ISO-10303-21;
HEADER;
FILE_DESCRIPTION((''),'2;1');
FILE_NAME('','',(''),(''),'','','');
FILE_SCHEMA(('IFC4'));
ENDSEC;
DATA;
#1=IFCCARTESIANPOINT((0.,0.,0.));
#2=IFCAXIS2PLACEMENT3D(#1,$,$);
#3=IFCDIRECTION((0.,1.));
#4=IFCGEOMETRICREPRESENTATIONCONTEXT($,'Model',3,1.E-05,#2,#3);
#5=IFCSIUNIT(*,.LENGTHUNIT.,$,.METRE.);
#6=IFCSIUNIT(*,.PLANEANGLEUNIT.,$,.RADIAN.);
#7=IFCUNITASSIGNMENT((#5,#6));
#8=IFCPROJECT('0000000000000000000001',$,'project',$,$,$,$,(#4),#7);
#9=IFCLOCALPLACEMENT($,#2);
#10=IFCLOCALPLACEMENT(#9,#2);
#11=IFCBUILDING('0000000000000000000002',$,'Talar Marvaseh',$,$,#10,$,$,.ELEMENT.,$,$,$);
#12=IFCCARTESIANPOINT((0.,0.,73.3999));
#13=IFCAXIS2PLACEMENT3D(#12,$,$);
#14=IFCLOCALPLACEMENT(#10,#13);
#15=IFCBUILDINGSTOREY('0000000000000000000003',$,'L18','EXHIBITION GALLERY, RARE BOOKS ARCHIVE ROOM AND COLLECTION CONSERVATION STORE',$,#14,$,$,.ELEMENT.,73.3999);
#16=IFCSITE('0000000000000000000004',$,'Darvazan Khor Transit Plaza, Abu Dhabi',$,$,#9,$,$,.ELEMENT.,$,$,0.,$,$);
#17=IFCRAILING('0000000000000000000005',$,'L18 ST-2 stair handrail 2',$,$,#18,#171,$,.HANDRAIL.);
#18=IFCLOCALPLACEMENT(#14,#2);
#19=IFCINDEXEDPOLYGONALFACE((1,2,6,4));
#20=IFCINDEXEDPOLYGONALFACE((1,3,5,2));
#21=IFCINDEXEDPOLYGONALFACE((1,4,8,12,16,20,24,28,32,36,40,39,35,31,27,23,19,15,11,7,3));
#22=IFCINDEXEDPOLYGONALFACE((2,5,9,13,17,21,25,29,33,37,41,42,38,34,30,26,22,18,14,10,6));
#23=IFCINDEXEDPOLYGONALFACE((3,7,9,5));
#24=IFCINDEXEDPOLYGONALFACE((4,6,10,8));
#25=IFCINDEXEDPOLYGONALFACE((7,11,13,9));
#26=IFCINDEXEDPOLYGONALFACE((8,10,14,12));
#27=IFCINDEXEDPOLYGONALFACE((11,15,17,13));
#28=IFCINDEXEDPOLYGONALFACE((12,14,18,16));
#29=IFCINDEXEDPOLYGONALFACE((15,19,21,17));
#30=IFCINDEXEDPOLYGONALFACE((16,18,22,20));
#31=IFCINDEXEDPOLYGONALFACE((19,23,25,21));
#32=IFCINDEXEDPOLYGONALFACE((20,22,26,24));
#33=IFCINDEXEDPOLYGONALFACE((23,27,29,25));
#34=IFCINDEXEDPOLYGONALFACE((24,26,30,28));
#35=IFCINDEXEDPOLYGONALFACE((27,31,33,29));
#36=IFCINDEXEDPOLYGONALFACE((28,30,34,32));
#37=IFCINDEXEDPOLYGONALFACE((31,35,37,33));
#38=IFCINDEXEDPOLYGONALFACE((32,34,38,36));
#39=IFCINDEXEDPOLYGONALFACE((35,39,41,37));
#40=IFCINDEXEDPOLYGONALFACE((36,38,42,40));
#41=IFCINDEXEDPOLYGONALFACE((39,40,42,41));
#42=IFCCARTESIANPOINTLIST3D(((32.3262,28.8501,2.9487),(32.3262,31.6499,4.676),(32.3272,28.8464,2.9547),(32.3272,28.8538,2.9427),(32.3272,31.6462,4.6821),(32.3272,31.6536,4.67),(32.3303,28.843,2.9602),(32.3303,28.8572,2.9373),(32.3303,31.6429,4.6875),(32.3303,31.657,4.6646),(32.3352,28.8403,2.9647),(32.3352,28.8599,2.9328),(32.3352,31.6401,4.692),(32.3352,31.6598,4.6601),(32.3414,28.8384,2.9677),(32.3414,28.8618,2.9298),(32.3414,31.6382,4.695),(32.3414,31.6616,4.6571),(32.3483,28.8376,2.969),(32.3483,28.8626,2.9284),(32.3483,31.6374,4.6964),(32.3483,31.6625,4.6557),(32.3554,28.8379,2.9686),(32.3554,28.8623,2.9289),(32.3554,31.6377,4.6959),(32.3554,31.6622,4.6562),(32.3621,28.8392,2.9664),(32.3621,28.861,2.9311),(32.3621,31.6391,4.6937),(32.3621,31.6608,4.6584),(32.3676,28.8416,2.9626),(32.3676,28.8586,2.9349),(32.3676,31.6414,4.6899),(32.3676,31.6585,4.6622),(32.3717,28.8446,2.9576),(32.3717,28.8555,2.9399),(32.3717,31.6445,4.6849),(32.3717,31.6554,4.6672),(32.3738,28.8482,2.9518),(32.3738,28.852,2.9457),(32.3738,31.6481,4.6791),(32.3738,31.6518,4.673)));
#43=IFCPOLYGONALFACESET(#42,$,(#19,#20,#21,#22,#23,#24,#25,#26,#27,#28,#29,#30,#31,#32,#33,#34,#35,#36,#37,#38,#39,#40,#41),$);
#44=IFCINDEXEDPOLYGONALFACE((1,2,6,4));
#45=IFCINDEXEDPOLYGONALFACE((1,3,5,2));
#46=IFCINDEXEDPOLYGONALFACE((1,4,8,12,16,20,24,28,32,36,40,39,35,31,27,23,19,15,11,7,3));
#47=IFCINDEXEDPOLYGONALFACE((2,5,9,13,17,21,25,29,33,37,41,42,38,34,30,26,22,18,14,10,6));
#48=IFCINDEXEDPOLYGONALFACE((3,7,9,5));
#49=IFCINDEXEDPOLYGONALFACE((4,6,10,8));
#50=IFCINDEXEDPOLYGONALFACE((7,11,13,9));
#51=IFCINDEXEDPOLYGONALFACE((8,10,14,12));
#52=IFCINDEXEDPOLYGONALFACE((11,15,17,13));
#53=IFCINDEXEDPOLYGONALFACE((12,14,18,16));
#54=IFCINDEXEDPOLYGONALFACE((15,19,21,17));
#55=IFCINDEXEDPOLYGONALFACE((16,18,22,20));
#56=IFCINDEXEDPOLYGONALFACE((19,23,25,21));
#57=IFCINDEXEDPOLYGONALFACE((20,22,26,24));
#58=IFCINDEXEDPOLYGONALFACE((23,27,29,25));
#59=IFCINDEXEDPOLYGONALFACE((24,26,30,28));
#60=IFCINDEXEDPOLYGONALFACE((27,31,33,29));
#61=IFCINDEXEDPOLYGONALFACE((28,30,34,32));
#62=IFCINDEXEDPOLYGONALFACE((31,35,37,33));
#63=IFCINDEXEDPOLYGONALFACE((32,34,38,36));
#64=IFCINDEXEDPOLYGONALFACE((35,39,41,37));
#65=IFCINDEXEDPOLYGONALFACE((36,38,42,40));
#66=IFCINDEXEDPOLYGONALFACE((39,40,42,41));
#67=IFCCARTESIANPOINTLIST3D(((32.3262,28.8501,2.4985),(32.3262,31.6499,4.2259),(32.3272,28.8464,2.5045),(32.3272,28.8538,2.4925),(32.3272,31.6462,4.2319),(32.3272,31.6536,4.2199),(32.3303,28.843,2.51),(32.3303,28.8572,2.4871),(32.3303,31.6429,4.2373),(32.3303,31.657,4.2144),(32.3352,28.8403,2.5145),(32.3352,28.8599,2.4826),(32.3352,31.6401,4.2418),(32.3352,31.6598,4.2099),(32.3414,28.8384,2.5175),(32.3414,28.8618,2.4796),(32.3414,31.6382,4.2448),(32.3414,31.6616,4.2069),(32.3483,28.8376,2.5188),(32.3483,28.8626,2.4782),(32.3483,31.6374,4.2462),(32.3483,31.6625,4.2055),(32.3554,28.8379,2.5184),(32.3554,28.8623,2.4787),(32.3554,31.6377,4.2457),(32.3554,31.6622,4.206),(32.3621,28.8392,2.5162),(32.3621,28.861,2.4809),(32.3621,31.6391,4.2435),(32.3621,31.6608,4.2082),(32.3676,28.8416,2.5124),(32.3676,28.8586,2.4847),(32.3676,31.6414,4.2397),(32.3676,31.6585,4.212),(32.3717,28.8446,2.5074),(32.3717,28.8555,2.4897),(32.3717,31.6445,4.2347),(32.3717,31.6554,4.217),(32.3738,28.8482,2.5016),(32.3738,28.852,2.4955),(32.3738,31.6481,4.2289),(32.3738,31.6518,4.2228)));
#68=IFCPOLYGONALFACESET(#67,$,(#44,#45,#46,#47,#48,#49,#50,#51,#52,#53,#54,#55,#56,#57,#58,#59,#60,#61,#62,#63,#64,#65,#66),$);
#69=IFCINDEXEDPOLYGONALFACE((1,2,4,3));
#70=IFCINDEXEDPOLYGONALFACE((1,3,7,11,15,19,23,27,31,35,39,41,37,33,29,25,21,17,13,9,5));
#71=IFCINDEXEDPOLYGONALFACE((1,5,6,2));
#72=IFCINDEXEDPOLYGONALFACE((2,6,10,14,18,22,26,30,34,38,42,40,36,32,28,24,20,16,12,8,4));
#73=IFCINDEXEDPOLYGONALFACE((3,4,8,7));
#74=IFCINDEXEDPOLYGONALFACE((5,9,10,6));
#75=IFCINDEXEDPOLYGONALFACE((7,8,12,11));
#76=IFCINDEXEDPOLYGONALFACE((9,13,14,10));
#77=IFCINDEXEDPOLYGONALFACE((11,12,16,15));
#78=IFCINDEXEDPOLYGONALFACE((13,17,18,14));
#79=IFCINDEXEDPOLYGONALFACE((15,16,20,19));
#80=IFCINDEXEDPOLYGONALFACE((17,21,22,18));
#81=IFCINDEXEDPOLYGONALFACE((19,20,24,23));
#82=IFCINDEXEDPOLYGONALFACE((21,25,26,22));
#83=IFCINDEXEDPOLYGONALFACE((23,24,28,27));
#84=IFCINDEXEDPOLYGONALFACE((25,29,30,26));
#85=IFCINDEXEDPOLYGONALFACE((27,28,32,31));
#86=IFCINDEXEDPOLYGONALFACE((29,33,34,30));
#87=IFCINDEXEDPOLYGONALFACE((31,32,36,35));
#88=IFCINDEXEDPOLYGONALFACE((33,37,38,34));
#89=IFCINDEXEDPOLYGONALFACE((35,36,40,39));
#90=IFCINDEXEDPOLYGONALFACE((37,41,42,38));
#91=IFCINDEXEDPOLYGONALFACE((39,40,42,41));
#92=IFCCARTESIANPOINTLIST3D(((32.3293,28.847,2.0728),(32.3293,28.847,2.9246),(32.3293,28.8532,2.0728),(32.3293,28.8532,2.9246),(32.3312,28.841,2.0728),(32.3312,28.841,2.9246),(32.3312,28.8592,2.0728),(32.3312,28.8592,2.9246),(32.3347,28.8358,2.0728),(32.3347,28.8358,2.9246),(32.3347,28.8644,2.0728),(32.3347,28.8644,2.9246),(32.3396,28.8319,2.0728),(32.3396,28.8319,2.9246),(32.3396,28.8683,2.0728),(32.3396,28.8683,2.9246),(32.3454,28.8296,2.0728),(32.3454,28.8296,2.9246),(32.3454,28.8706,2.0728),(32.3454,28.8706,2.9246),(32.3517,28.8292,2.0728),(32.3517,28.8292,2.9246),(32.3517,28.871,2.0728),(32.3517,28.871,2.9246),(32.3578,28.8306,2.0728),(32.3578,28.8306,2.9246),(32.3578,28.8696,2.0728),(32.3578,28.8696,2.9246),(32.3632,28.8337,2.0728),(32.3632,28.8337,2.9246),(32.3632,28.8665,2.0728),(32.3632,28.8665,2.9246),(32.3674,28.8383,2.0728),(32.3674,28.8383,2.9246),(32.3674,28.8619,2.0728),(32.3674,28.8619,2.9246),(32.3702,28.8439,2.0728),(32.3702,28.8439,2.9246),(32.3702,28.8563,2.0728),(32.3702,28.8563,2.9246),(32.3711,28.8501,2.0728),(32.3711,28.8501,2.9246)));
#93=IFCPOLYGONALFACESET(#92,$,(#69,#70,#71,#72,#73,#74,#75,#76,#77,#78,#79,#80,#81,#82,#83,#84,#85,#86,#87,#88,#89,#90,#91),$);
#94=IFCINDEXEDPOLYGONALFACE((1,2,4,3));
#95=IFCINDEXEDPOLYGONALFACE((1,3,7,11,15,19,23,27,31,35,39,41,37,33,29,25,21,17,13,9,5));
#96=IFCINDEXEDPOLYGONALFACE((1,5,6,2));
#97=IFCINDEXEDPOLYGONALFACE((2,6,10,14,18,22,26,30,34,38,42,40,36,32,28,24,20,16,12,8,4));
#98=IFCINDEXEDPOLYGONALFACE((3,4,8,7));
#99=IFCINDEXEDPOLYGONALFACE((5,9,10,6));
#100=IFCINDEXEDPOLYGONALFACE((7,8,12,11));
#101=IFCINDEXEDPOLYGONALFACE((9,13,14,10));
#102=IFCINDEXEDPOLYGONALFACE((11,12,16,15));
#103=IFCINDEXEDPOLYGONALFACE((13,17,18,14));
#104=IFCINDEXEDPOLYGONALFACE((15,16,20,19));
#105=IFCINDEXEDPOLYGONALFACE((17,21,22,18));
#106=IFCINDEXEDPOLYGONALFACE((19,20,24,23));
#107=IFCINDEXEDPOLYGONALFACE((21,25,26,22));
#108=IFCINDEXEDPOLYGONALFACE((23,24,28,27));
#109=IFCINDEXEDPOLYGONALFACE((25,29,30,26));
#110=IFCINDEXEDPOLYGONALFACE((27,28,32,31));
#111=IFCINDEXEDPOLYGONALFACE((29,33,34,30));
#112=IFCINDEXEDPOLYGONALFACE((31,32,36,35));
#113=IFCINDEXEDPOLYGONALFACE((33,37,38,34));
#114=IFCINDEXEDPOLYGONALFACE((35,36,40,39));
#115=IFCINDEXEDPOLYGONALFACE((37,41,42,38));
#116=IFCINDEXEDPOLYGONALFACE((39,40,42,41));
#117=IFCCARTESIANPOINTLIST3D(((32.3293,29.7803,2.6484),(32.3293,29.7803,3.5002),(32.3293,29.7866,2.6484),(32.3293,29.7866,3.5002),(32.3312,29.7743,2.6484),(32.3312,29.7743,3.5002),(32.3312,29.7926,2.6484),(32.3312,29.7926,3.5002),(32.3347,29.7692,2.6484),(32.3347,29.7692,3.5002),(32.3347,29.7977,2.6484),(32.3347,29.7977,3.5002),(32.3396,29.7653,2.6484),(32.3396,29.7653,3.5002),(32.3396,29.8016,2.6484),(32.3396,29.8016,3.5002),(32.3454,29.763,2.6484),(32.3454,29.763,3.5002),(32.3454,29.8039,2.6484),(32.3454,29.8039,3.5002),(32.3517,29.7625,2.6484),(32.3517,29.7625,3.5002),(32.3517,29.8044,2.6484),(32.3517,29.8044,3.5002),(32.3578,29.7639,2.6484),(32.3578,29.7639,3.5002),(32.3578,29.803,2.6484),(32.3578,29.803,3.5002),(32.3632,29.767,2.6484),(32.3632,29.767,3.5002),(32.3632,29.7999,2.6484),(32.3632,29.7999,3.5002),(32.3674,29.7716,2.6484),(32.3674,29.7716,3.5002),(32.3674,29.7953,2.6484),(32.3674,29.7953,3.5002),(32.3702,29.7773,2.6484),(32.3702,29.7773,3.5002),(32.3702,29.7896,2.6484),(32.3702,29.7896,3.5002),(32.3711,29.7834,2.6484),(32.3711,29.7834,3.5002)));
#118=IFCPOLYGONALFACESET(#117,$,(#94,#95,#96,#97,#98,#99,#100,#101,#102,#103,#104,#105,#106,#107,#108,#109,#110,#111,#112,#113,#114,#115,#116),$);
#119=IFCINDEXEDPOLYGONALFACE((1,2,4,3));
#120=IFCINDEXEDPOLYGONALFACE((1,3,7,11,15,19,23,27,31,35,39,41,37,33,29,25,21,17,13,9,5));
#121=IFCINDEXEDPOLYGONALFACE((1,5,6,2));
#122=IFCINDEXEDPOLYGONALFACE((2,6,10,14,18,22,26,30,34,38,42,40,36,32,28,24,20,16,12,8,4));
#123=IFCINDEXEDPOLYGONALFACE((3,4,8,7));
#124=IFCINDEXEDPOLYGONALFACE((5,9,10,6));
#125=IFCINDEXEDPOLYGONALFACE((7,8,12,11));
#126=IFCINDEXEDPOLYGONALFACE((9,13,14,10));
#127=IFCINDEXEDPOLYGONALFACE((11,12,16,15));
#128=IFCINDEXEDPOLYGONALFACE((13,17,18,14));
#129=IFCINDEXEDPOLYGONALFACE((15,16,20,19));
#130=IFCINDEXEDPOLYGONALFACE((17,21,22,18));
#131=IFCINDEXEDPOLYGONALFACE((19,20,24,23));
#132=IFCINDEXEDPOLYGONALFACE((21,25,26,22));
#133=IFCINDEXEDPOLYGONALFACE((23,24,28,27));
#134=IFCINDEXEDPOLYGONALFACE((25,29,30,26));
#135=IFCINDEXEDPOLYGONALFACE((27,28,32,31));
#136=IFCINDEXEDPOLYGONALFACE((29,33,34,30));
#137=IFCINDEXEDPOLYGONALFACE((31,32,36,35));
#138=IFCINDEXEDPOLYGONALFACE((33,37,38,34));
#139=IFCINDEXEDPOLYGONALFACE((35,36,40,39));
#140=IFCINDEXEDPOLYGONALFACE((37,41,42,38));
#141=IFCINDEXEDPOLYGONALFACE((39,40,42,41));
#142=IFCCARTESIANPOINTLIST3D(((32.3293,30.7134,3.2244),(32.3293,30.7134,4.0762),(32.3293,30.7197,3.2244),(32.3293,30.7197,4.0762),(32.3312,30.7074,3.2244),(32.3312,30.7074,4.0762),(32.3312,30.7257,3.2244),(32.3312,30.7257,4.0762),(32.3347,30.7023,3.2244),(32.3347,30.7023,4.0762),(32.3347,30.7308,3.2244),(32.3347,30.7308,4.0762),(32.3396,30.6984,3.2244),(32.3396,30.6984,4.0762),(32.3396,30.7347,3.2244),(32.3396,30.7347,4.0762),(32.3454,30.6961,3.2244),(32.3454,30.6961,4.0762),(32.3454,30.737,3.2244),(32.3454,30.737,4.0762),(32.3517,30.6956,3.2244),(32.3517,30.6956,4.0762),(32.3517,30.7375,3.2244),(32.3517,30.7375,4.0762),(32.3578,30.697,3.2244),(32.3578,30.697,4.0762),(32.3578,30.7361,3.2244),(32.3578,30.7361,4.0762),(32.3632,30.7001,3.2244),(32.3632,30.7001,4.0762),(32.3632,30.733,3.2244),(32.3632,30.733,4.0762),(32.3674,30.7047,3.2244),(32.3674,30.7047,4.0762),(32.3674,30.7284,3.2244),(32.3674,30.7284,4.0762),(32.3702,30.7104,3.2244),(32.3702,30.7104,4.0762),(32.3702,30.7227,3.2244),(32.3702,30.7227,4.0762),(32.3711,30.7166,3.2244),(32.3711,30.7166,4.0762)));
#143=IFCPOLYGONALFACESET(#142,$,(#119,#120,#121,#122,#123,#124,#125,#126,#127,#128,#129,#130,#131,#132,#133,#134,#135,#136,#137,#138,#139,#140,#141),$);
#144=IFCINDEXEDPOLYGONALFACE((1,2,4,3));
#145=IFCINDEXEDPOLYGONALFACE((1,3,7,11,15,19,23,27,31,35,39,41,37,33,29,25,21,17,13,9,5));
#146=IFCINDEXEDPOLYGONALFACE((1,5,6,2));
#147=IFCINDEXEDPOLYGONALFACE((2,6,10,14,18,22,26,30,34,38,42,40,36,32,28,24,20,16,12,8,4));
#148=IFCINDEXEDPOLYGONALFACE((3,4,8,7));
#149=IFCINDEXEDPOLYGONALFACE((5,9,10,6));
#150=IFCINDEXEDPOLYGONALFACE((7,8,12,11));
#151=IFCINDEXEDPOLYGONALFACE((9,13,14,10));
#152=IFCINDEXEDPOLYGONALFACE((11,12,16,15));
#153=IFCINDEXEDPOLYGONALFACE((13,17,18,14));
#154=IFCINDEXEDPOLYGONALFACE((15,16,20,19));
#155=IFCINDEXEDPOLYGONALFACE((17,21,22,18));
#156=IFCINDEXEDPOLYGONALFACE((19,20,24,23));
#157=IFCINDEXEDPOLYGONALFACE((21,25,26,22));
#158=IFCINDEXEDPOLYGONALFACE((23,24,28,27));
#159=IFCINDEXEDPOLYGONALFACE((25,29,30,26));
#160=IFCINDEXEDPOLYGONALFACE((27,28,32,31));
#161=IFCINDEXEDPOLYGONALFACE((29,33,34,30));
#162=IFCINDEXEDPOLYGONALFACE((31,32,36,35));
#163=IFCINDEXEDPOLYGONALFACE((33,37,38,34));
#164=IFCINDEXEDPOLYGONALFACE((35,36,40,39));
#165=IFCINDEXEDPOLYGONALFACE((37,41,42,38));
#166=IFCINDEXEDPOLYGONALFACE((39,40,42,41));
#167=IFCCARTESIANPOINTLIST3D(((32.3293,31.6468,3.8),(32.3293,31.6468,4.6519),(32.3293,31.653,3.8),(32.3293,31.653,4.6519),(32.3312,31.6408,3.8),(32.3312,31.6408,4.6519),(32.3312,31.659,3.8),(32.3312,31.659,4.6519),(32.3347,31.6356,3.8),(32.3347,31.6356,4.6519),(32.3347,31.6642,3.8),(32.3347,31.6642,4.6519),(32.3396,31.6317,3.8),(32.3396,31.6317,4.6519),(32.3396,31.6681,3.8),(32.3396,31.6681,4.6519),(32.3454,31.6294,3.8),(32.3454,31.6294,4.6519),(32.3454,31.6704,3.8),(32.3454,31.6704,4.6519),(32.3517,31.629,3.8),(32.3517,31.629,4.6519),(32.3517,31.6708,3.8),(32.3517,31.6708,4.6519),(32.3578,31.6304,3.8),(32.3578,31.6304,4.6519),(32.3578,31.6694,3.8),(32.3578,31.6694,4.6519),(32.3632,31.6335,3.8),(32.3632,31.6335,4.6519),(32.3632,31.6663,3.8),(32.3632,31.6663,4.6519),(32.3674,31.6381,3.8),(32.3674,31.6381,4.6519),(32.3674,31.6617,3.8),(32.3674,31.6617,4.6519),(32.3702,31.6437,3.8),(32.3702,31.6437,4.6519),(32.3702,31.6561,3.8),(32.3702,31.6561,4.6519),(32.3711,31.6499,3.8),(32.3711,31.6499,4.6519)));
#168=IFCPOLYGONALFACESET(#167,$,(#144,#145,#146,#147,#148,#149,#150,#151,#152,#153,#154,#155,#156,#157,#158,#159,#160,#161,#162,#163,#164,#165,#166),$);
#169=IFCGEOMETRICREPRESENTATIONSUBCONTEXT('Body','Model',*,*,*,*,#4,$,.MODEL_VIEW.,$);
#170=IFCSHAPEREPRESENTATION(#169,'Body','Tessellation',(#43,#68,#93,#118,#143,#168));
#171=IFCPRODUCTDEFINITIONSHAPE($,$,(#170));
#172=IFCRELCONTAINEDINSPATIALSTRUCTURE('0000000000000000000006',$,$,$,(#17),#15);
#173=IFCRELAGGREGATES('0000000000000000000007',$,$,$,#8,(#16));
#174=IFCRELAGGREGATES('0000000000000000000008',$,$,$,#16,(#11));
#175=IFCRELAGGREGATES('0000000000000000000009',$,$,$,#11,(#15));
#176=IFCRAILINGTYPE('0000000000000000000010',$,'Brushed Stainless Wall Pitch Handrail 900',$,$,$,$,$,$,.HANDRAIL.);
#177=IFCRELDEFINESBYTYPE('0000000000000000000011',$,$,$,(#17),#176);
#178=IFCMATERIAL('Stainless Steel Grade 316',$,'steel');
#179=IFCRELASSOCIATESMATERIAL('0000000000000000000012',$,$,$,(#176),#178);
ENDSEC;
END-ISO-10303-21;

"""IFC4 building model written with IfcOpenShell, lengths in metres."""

from ifc_helpers import new_model, si_unit, direction, frame, origin, origin_2d, place, context, subcontext, project, spatial, circle, extrude, material, type_object, element, save


model = new_model("IFC4")

# Units and contexts
model_context = context("Model", 3, precision=1e-05, world=origin(), true_north=direction((0.0, 1.0)))
body_context = subcontext(model_context, "Body", "Model", "MODEL_VIEW")
ifc_project = project(units=[si_unit("LENGTHUNIT", "METRE"), si_unit("PLANEANGLEUNIT", "RADIAN")], contexts=[model_context])

# Site, building, storey
site_placement = place(None, origin())
site = spatial("IfcSite", under=ifc_project, at=site_placement, Name="Darvazan Khor Transit Plaza, Abu Dhabi", CompositionType="ELEMENT", RefElevation=0.0)
building_placement = place(site_placement, origin())
building = spatial("IfcBuilding", under=site, at=building_placement, Name="Talar Marvaseh", CompositionType="ELEMENT")
storey_placement = place(building_placement, frame((0.0, 0.0, 73.3999)))
storey = spatial("IfcBuildingStorey", under=building, at=storey_placement, Name="L18", Description="EXHIBITION GALLERY, RARE BOOKS ARCHIVE ROOM AND COLLECTION CONSERVATION STORE", CompositionType="ELEMENT", Elevation=73.3999)

# Railing
ifc_material_1 = material(Name="Stainless Steel Grade 316", Category="steel")
railing_type_1 = type_object("IfcRailingType", Name="Brushed Stainless Wall Pitch Handrail 900", PredefinedType="HANDRAIL", material=ifc_material_1)
railing_1_placement = place(storey_placement, frame((32.3501, 28.8501, 2.0728)))
element("IfcRailing", 1, at=railing_1_placement, inside=storey, type_object=railing_type_1, Name="L18 ST-2 stair handrail 2", PredefinedType="HANDRAIL", context=body_context, shape_type="SweptSolid", body=[
    extrude(circle(Radius=0.0239, at=origin_2d()), frame((0.0, 0.0, 0.876), z_axis=(0.0, 0.851069, 0.525054), x_axis=(-1.0, 0.0, 0.0)), (0.0, 0.0, 1.0), 3.2898),
    extrude(circle(Radius=0.0239, at=origin_2d()), frame((0.0, 0.0, 0.4258), z_axis=(0.0, 0.851069, 0.525054), x_axis=(-1.0, 0.0, 0.0)), (0.0, 0.0, 1.0), 3.2898),
    extrude(circle(Radius=0.021, at=origin_2d()), origin(), (0.0, 0.0, 1.0), 0.8518),
    extrude(circle(Radius=0.021, at=origin_2d()), frame((0.0, 0.9333, 0.5757)), (0.0, 0.0, 1.0), 0.8518),
    extrude(circle(Radius=0.021, at=origin_2d()), frame((0.0, 1.8665, 1.1516)), (0.0, 0.0, 1.0), 0.8518),
    extrude(circle(Radius=0.021, at=origin_2d()), frame((0.0, 2.7998, 1.7273)), (0.0, 0.0, 1.0), 0.8518),
])

save(model, "model.ifc")
